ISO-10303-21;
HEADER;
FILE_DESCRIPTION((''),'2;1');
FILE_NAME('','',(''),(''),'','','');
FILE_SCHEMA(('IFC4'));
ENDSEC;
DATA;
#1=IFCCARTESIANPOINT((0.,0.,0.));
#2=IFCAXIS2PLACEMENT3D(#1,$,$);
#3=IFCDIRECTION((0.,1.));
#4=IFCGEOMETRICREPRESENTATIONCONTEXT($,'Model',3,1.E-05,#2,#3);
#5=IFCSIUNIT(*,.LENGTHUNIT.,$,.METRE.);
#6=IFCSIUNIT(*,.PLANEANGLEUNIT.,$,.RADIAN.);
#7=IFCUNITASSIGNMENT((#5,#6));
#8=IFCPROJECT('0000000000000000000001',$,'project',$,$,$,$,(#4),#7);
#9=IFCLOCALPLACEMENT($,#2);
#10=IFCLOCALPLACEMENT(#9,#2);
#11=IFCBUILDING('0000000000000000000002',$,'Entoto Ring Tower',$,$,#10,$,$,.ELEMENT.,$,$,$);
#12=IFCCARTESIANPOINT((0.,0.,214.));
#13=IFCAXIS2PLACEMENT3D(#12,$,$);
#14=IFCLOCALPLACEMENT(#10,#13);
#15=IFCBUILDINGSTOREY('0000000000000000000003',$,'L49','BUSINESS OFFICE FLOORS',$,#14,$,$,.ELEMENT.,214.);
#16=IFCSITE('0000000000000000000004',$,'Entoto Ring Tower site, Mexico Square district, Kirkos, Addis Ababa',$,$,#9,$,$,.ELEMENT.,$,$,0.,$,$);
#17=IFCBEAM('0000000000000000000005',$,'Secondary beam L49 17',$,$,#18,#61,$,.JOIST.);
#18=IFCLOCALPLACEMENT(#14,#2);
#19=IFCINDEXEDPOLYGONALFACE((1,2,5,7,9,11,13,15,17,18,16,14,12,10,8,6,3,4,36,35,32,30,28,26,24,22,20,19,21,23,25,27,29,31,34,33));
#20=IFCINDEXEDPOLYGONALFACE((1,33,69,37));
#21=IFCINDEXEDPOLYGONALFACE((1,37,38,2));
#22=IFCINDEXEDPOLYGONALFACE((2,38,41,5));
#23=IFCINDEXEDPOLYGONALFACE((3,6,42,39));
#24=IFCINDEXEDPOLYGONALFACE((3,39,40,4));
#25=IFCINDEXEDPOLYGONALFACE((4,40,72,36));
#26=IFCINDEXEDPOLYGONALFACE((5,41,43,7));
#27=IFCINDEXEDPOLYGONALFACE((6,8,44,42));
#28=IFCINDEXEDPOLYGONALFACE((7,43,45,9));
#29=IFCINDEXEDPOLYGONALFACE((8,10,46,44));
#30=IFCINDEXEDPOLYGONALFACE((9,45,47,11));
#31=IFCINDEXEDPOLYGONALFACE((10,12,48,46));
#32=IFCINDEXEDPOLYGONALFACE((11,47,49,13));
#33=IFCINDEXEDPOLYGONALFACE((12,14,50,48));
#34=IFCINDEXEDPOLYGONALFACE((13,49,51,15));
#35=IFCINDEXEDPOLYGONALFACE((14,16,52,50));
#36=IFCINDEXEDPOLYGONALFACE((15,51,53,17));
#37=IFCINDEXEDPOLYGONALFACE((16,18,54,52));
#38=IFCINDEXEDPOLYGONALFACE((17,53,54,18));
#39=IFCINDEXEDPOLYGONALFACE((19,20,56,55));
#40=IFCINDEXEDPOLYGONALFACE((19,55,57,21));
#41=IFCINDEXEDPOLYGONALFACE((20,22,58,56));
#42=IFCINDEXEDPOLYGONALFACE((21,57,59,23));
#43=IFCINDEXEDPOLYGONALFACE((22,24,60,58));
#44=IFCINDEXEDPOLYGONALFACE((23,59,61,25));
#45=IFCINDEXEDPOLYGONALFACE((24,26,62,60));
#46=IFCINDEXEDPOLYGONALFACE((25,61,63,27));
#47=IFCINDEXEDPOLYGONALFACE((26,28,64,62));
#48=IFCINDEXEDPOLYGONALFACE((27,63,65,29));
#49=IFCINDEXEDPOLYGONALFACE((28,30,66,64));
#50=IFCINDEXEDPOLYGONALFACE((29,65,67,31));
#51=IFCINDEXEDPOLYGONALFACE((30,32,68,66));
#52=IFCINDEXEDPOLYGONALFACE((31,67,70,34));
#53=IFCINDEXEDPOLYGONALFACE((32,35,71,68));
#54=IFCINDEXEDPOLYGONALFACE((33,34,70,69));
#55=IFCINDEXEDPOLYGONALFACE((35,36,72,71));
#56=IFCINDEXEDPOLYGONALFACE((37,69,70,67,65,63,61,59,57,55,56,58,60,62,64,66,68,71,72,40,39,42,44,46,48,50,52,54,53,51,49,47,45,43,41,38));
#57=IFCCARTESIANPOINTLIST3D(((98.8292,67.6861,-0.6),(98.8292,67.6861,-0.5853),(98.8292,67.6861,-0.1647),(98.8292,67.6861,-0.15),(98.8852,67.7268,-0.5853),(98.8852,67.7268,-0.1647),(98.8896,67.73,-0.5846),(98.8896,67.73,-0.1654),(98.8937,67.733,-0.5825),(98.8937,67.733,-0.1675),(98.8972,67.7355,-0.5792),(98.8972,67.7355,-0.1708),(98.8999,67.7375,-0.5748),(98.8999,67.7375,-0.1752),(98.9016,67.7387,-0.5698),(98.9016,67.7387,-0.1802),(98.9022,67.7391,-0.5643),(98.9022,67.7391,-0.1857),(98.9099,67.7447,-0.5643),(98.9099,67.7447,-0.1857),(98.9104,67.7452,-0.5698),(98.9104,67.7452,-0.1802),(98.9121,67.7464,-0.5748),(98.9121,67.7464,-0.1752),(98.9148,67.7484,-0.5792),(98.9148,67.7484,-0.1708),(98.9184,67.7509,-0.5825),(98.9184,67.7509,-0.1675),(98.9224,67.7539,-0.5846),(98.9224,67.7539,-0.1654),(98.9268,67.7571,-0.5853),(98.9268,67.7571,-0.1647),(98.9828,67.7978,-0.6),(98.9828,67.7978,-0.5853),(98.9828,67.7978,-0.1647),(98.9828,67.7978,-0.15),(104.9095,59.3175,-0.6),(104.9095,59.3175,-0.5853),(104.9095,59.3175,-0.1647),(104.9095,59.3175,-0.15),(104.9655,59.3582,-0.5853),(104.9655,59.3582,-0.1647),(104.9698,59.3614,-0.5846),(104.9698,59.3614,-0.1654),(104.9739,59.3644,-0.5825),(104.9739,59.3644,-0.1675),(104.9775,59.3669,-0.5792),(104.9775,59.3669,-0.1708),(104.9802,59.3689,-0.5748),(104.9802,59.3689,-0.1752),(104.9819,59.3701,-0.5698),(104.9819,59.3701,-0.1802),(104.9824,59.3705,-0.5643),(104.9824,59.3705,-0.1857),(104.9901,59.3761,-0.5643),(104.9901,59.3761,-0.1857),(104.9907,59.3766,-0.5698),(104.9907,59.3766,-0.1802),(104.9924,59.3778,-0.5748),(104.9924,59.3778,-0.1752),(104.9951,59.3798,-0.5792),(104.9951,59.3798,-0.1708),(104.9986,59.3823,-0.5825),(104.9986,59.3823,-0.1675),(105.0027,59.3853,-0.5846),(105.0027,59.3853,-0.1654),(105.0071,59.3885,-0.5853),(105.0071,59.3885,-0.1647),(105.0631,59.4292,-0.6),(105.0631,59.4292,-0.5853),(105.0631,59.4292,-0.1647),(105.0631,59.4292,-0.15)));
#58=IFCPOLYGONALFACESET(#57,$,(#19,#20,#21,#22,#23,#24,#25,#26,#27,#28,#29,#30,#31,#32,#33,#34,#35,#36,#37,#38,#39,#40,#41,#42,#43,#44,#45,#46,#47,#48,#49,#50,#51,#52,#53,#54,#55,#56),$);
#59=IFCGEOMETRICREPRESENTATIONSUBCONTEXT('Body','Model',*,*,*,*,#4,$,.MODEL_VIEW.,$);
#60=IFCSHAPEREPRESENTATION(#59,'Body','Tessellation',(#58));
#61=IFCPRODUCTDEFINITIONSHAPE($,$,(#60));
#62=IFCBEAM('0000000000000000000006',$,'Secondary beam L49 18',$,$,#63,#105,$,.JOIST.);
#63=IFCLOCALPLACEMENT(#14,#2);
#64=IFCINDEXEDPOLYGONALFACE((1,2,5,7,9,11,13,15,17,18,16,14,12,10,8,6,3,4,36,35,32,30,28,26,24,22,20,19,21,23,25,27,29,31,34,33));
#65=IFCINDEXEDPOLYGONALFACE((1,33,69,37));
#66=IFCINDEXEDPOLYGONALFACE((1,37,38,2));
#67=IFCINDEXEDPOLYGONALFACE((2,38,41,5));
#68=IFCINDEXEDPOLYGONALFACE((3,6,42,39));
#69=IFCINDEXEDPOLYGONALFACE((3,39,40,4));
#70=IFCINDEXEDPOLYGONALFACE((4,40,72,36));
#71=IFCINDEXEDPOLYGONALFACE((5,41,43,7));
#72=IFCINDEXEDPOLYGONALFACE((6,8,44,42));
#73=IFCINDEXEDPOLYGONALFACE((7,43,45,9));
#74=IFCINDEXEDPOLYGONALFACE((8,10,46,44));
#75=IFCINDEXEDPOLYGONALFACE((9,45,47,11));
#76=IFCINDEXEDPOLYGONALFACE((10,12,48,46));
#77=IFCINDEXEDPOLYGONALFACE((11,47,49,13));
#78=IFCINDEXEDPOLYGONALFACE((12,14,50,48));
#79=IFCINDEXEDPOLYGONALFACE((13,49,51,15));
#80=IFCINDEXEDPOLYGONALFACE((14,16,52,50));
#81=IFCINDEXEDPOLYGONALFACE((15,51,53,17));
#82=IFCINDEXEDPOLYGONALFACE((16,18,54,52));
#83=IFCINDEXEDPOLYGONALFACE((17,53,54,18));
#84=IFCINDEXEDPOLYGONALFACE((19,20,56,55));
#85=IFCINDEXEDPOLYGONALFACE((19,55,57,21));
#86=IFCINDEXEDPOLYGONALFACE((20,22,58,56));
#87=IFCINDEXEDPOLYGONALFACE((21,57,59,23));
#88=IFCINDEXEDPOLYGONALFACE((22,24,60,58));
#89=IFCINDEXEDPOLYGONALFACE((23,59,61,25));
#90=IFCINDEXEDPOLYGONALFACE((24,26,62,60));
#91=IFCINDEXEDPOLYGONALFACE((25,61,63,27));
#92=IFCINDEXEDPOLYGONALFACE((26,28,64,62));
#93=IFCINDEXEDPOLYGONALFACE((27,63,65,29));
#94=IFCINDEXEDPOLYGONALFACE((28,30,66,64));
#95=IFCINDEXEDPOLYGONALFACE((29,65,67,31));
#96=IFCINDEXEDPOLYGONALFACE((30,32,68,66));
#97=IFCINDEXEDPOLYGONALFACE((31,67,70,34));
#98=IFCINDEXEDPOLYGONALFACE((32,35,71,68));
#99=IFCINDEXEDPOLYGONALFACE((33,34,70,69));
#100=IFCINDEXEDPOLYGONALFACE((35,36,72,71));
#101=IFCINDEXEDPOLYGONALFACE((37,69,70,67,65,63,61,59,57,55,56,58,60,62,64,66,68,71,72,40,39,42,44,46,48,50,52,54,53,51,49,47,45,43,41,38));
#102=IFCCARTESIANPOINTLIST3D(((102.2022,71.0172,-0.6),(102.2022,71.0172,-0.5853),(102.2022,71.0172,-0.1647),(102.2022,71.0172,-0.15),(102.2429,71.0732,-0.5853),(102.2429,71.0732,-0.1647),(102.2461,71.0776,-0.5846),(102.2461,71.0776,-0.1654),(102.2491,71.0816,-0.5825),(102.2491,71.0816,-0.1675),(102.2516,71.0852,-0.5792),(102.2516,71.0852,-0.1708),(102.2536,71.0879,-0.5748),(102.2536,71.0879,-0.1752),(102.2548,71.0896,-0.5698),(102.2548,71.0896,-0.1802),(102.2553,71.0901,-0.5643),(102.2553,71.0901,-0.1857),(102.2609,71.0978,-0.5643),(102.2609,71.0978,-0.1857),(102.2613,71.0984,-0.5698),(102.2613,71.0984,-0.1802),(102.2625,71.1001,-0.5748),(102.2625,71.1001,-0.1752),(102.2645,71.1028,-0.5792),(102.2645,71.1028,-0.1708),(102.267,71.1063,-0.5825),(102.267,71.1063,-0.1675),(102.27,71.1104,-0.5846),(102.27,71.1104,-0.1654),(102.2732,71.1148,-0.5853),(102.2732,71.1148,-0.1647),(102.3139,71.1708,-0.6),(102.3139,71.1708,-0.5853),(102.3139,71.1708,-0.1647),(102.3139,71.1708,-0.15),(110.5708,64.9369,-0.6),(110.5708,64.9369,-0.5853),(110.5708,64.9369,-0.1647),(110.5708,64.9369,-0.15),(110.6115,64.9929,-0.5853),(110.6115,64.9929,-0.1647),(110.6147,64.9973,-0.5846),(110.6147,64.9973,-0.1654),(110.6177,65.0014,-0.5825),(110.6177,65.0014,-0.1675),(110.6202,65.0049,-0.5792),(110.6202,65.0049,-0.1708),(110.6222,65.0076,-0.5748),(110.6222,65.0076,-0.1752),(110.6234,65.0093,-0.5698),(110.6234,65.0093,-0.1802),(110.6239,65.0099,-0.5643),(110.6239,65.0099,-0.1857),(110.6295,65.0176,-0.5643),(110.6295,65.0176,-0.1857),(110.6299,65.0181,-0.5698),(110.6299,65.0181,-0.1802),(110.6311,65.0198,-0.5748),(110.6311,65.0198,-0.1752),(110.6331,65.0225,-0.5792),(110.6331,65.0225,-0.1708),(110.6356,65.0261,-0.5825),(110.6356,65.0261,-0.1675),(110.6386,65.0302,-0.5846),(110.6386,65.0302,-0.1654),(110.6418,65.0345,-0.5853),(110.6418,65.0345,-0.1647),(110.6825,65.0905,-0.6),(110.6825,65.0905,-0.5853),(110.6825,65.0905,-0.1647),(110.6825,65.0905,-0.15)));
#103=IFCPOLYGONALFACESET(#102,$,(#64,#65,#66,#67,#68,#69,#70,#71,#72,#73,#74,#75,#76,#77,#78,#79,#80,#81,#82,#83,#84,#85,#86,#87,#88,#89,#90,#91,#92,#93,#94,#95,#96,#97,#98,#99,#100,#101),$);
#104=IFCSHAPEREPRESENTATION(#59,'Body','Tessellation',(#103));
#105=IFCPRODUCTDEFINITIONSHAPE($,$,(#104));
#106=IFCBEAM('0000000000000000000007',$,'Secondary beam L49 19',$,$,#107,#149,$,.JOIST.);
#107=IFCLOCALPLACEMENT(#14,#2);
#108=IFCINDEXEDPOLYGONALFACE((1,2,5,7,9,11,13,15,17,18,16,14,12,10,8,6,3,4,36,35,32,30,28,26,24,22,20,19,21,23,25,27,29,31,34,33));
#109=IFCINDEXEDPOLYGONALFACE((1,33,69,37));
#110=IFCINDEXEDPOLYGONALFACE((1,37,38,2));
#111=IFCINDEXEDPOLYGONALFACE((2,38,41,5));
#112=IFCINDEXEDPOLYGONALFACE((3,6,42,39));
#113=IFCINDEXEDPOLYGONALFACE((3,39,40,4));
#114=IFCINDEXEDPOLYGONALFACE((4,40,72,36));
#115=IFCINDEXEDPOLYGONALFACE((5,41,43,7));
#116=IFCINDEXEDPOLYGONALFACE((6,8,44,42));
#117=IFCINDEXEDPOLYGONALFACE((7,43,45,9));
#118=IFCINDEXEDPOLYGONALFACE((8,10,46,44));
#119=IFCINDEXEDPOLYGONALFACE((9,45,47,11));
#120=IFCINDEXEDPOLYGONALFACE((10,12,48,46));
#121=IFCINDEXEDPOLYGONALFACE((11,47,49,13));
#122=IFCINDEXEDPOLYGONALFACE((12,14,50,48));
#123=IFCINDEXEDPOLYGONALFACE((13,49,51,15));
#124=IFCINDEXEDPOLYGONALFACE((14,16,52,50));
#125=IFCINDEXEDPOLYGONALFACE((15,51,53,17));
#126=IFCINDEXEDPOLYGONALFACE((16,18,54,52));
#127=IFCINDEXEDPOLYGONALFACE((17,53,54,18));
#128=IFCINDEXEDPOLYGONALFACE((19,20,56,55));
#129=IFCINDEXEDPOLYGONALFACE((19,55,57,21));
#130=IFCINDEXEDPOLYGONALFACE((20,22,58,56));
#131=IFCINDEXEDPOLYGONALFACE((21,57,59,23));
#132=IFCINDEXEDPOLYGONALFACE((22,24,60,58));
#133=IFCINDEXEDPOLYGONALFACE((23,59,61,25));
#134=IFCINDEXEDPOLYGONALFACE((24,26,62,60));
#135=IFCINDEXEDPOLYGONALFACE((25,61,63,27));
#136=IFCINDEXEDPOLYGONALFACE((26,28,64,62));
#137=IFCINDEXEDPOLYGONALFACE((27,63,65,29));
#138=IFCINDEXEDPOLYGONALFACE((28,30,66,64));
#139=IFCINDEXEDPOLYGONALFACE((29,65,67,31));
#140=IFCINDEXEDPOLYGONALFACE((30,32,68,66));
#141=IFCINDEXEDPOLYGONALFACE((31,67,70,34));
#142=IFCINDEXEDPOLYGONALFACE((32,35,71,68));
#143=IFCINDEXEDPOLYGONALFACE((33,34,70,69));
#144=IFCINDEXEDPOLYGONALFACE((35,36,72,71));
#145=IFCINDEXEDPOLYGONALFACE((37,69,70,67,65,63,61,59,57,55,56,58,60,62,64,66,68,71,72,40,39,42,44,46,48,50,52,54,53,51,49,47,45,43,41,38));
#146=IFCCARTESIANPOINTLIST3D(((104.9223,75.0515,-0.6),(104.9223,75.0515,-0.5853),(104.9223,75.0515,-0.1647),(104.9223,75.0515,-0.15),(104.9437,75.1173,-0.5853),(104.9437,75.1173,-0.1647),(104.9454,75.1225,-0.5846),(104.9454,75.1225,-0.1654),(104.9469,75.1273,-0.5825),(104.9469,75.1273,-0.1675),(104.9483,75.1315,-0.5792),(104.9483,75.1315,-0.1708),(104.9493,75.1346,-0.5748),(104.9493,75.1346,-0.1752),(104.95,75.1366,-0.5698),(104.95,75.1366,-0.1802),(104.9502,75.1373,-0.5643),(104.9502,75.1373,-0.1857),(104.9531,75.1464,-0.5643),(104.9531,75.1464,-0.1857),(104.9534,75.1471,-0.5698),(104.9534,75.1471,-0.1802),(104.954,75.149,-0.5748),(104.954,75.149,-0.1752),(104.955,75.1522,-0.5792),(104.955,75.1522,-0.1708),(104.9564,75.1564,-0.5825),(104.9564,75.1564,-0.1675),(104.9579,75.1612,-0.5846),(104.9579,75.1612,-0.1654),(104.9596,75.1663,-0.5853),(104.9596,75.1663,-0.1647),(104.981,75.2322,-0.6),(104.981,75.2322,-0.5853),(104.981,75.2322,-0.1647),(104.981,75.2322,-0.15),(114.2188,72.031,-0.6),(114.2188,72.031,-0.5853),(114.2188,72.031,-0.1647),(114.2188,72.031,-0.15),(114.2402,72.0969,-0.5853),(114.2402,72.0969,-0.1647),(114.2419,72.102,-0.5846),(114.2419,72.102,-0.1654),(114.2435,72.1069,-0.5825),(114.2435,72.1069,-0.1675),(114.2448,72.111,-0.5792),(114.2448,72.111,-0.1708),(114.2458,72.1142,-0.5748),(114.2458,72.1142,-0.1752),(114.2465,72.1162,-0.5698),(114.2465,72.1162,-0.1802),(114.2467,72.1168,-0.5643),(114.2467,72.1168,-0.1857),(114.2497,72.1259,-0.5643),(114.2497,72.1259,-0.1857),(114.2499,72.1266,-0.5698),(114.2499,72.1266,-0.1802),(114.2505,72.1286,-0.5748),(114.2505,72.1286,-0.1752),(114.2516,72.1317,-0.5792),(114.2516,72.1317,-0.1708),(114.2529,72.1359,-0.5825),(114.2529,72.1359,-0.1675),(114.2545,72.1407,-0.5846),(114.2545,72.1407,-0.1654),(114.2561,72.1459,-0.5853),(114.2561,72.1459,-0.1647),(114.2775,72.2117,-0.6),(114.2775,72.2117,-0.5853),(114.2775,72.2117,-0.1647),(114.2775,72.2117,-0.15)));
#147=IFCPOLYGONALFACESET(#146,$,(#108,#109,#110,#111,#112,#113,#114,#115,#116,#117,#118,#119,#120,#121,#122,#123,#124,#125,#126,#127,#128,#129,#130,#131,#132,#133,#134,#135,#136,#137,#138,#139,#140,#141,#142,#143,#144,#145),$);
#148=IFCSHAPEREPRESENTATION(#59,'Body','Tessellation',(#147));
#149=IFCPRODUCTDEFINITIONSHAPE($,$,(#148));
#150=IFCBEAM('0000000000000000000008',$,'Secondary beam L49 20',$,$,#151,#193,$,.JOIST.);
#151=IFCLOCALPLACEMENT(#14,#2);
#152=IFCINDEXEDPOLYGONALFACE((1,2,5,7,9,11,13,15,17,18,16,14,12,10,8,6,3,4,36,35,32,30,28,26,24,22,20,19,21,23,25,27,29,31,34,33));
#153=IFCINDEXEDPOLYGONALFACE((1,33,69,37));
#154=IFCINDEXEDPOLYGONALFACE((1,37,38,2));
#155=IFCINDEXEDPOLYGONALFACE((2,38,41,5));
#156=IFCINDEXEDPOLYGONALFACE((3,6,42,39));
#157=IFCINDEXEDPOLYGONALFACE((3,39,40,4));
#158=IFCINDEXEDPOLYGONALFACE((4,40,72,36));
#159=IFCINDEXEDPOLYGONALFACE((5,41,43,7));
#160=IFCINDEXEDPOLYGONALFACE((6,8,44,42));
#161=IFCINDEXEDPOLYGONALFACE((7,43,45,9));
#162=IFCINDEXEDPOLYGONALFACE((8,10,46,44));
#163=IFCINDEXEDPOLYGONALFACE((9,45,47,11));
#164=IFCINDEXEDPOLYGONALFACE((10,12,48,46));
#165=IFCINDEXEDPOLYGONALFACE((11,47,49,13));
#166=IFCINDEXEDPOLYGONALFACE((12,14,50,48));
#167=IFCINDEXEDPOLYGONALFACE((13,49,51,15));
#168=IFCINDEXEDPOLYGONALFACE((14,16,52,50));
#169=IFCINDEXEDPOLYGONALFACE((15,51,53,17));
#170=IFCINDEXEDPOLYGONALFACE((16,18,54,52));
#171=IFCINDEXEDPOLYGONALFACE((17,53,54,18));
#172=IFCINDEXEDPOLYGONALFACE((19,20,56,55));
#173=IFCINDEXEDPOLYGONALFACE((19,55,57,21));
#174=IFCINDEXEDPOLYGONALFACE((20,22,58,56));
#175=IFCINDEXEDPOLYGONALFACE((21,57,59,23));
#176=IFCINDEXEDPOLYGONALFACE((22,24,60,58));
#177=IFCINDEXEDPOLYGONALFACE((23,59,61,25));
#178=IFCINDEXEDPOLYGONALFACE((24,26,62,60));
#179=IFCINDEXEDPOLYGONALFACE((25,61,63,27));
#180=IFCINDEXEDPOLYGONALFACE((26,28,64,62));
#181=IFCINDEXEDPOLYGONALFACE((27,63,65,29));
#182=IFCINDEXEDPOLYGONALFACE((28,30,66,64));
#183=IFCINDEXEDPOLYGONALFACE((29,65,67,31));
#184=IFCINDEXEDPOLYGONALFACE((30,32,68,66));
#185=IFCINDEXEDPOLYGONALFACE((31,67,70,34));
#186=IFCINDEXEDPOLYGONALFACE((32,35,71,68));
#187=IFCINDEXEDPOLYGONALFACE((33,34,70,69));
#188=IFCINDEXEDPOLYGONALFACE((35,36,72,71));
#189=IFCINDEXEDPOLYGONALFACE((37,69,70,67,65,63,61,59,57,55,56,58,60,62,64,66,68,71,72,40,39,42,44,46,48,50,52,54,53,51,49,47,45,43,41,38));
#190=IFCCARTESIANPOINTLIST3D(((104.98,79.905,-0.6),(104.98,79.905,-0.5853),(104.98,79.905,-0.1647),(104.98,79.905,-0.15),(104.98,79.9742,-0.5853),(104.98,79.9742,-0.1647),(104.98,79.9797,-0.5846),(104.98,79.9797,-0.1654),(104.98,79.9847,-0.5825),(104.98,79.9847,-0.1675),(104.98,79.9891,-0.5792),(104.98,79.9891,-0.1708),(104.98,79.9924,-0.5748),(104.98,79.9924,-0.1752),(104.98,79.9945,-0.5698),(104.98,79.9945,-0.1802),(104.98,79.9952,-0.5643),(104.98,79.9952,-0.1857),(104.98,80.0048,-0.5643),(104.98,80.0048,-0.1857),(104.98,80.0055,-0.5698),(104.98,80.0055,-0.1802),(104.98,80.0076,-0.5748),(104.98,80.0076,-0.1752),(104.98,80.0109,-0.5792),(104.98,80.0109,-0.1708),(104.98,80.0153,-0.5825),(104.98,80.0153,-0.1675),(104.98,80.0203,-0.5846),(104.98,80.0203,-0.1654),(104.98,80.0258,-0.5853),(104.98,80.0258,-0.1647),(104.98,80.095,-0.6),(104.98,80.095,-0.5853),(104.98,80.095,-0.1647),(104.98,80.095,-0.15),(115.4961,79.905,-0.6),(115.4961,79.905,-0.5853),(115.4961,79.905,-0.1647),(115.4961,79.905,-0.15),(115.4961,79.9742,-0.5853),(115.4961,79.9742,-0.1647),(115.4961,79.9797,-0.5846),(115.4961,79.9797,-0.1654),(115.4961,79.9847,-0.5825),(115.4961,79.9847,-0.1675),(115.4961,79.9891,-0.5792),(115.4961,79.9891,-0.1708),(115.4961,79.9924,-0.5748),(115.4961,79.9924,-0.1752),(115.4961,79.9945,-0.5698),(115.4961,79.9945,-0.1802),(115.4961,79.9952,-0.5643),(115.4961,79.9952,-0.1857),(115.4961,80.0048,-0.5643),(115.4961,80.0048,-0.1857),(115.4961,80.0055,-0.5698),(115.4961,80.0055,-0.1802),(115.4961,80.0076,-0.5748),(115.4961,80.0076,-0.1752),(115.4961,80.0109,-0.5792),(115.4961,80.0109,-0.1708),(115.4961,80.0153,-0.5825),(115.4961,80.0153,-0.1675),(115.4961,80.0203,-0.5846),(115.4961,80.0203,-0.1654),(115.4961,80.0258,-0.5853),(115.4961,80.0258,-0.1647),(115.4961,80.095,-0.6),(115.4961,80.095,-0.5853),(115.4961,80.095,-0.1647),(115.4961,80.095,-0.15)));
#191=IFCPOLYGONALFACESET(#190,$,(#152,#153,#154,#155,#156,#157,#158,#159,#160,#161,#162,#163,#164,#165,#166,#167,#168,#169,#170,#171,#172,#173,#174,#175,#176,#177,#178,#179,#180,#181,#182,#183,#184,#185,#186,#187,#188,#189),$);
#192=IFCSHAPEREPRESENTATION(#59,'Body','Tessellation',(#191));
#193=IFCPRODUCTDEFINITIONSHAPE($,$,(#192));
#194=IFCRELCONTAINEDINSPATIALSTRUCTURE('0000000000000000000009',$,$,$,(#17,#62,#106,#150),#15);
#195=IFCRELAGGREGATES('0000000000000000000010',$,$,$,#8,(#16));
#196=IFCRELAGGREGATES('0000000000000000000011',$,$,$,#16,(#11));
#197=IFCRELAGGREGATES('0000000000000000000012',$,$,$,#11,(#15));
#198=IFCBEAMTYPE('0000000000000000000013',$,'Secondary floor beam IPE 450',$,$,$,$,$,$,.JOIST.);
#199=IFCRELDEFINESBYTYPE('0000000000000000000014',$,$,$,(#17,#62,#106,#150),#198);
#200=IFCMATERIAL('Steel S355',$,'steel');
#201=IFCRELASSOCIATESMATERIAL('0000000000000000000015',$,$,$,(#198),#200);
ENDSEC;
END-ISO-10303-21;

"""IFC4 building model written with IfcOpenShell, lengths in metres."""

from ifc_helpers import new_model, si_unit, direction, frame, origin, origin_2d, place, context, subcontext, project, spatial, i_section, extrude, material, material_profile, profile_set, type_object, element, save


model = new_model("IFC4")

# Units and contexts
model_context = context("Model", 3, precision=1e-05, world=origin(), true_north=direction((0.0, 1.0)))
body_context = subcontext(model_context, "Body", "Model", "MODEL_VIEW")
ifc_project = project(units=[si_unit("LENGTHUNIT", "METRE"), si_unit("PLANEANGLEUNIT", "RADIAN")], contexts=[model_context])

# Site, building, storey
site_placement = place(None, origin())
site = spatial("IfcSite", under=ifc_project, at=site_placement, Name="Entoto Ring Tower site, Mexico Square district, Kirkos, Addis Ababa", CompositionType="ELEMENT", RefElevation=0.0)
building_placement = place(site_placement, origin())
building = spatial("IfcBuilding", under=site, at=building_placement, Name="Entoto Ring Tower", CompositionType="ELEMENT")
storey_placement = place(building_placement, frame((0.0, 0.0, 214.0)))
storey = spatial("IfcBuildingStorey", under=building, at=storey_placement, Name="L49", Description="BUSINESS OFFICE FLOORS", CompositionType="ELEMENT", Elevation=214.0)

# Beams
ifc_material_1 = material(Name="Steel S355", Category="steel")
ifc_material_profile_1 = material_profile(ifc_material_1, i_section(OverallWidth=0.1899, OverallDepth=0.45, WebThickness=0.0095, FlangeThickness=0.0146, FilletRadius=0.021, at=origin_2d()), Name="IPE 450")
ifc_profile_set_1 = profile_set([ifc_material_profile_1], Name="Steel S355")
beam_type_1 = type_object("IfcBeamType", Name="Secondary floor beam IPE 450", PredefinedType="JOIST", material=ifc_profile_set_1)
for number, where, z_axis, x_axis, name in (
    (1, (98.906, 67.7419, -0.375), (0.587794, -0.809011, 0.0), (0.809011, 0.587794, 0.0), "Secondary beam L49 17"),
    (2, (102.2581, 71.094, -0.375), (0.809011, -0.587794, 0.0), (0.587794, 0.809011, 0.0), "Secondary beam L49 18"),
):
    element("IfcBeam", number, at=place(storey_placement, frame(where, z_axis=z_axis, x_axis=x_axis)), inside=storey, type_object=beam_type_1, Name=name, PredefinedType="JOIST", context=body_context, shape_type="SweptSolid", body=[
        extrude(i_section(OverallWidth=0.1899, OverallDepth=0.45, WebThickness=0.0095, FlangeThickness=0.0146, FilletRadius=0.021, at=origin_2d()), origin(), (0.0, 0.0, 1.0), 10.3442),
    ])
beam_1_placement = place(storey_placement, frame((104.9517, 75.1418, -0.375), z_axis=(0.951061, -0.309003, 0.0), x_axis=(0.309003, 0.951061, 0.0)))
element("IfcBeam", 3, at=beam_1_placement, inside=storey, type_object=beam_type_1, Name="Secondary beam L49 19", PredefinedType="JOIST", context=body_context, shape_type="SweptSolid", body=[
    extrude(i_section(OverallWidth=0.1899, OverallDepth=0.45, WebThickness=0.0095, FlangeThickness=0.0146, FilletRadius=0.021, at=origin_2d()), origin(), (0.0, 0.0, 1.0), 9.7749),
])
beam_2_placement = place(storey_placement, frame((104.98, 80.0, -0.375), z_axis=(1.0, 0.0, 0.0), x_axis=(0.0, 1.0, 0.0)))
element("IfcBeam", 4, at=beam_2_placement, inside=storey, type_object=beam_type_1, Name="Secondary beam L49 20", PredefinedType="JOIST", context=body_context, shape_type="SweptSolid", body=[
    extrude(i_section(OverallWidth=0.1899, OverallDepth=0.45, WebThickness=0.0095, FlangeThickness=0.0146, FilletRadius=0.021, at=origin_2d()), origin(), (0.0, 0.0, 1.0), 10.5161),
])

save(model, "model.ifc")
